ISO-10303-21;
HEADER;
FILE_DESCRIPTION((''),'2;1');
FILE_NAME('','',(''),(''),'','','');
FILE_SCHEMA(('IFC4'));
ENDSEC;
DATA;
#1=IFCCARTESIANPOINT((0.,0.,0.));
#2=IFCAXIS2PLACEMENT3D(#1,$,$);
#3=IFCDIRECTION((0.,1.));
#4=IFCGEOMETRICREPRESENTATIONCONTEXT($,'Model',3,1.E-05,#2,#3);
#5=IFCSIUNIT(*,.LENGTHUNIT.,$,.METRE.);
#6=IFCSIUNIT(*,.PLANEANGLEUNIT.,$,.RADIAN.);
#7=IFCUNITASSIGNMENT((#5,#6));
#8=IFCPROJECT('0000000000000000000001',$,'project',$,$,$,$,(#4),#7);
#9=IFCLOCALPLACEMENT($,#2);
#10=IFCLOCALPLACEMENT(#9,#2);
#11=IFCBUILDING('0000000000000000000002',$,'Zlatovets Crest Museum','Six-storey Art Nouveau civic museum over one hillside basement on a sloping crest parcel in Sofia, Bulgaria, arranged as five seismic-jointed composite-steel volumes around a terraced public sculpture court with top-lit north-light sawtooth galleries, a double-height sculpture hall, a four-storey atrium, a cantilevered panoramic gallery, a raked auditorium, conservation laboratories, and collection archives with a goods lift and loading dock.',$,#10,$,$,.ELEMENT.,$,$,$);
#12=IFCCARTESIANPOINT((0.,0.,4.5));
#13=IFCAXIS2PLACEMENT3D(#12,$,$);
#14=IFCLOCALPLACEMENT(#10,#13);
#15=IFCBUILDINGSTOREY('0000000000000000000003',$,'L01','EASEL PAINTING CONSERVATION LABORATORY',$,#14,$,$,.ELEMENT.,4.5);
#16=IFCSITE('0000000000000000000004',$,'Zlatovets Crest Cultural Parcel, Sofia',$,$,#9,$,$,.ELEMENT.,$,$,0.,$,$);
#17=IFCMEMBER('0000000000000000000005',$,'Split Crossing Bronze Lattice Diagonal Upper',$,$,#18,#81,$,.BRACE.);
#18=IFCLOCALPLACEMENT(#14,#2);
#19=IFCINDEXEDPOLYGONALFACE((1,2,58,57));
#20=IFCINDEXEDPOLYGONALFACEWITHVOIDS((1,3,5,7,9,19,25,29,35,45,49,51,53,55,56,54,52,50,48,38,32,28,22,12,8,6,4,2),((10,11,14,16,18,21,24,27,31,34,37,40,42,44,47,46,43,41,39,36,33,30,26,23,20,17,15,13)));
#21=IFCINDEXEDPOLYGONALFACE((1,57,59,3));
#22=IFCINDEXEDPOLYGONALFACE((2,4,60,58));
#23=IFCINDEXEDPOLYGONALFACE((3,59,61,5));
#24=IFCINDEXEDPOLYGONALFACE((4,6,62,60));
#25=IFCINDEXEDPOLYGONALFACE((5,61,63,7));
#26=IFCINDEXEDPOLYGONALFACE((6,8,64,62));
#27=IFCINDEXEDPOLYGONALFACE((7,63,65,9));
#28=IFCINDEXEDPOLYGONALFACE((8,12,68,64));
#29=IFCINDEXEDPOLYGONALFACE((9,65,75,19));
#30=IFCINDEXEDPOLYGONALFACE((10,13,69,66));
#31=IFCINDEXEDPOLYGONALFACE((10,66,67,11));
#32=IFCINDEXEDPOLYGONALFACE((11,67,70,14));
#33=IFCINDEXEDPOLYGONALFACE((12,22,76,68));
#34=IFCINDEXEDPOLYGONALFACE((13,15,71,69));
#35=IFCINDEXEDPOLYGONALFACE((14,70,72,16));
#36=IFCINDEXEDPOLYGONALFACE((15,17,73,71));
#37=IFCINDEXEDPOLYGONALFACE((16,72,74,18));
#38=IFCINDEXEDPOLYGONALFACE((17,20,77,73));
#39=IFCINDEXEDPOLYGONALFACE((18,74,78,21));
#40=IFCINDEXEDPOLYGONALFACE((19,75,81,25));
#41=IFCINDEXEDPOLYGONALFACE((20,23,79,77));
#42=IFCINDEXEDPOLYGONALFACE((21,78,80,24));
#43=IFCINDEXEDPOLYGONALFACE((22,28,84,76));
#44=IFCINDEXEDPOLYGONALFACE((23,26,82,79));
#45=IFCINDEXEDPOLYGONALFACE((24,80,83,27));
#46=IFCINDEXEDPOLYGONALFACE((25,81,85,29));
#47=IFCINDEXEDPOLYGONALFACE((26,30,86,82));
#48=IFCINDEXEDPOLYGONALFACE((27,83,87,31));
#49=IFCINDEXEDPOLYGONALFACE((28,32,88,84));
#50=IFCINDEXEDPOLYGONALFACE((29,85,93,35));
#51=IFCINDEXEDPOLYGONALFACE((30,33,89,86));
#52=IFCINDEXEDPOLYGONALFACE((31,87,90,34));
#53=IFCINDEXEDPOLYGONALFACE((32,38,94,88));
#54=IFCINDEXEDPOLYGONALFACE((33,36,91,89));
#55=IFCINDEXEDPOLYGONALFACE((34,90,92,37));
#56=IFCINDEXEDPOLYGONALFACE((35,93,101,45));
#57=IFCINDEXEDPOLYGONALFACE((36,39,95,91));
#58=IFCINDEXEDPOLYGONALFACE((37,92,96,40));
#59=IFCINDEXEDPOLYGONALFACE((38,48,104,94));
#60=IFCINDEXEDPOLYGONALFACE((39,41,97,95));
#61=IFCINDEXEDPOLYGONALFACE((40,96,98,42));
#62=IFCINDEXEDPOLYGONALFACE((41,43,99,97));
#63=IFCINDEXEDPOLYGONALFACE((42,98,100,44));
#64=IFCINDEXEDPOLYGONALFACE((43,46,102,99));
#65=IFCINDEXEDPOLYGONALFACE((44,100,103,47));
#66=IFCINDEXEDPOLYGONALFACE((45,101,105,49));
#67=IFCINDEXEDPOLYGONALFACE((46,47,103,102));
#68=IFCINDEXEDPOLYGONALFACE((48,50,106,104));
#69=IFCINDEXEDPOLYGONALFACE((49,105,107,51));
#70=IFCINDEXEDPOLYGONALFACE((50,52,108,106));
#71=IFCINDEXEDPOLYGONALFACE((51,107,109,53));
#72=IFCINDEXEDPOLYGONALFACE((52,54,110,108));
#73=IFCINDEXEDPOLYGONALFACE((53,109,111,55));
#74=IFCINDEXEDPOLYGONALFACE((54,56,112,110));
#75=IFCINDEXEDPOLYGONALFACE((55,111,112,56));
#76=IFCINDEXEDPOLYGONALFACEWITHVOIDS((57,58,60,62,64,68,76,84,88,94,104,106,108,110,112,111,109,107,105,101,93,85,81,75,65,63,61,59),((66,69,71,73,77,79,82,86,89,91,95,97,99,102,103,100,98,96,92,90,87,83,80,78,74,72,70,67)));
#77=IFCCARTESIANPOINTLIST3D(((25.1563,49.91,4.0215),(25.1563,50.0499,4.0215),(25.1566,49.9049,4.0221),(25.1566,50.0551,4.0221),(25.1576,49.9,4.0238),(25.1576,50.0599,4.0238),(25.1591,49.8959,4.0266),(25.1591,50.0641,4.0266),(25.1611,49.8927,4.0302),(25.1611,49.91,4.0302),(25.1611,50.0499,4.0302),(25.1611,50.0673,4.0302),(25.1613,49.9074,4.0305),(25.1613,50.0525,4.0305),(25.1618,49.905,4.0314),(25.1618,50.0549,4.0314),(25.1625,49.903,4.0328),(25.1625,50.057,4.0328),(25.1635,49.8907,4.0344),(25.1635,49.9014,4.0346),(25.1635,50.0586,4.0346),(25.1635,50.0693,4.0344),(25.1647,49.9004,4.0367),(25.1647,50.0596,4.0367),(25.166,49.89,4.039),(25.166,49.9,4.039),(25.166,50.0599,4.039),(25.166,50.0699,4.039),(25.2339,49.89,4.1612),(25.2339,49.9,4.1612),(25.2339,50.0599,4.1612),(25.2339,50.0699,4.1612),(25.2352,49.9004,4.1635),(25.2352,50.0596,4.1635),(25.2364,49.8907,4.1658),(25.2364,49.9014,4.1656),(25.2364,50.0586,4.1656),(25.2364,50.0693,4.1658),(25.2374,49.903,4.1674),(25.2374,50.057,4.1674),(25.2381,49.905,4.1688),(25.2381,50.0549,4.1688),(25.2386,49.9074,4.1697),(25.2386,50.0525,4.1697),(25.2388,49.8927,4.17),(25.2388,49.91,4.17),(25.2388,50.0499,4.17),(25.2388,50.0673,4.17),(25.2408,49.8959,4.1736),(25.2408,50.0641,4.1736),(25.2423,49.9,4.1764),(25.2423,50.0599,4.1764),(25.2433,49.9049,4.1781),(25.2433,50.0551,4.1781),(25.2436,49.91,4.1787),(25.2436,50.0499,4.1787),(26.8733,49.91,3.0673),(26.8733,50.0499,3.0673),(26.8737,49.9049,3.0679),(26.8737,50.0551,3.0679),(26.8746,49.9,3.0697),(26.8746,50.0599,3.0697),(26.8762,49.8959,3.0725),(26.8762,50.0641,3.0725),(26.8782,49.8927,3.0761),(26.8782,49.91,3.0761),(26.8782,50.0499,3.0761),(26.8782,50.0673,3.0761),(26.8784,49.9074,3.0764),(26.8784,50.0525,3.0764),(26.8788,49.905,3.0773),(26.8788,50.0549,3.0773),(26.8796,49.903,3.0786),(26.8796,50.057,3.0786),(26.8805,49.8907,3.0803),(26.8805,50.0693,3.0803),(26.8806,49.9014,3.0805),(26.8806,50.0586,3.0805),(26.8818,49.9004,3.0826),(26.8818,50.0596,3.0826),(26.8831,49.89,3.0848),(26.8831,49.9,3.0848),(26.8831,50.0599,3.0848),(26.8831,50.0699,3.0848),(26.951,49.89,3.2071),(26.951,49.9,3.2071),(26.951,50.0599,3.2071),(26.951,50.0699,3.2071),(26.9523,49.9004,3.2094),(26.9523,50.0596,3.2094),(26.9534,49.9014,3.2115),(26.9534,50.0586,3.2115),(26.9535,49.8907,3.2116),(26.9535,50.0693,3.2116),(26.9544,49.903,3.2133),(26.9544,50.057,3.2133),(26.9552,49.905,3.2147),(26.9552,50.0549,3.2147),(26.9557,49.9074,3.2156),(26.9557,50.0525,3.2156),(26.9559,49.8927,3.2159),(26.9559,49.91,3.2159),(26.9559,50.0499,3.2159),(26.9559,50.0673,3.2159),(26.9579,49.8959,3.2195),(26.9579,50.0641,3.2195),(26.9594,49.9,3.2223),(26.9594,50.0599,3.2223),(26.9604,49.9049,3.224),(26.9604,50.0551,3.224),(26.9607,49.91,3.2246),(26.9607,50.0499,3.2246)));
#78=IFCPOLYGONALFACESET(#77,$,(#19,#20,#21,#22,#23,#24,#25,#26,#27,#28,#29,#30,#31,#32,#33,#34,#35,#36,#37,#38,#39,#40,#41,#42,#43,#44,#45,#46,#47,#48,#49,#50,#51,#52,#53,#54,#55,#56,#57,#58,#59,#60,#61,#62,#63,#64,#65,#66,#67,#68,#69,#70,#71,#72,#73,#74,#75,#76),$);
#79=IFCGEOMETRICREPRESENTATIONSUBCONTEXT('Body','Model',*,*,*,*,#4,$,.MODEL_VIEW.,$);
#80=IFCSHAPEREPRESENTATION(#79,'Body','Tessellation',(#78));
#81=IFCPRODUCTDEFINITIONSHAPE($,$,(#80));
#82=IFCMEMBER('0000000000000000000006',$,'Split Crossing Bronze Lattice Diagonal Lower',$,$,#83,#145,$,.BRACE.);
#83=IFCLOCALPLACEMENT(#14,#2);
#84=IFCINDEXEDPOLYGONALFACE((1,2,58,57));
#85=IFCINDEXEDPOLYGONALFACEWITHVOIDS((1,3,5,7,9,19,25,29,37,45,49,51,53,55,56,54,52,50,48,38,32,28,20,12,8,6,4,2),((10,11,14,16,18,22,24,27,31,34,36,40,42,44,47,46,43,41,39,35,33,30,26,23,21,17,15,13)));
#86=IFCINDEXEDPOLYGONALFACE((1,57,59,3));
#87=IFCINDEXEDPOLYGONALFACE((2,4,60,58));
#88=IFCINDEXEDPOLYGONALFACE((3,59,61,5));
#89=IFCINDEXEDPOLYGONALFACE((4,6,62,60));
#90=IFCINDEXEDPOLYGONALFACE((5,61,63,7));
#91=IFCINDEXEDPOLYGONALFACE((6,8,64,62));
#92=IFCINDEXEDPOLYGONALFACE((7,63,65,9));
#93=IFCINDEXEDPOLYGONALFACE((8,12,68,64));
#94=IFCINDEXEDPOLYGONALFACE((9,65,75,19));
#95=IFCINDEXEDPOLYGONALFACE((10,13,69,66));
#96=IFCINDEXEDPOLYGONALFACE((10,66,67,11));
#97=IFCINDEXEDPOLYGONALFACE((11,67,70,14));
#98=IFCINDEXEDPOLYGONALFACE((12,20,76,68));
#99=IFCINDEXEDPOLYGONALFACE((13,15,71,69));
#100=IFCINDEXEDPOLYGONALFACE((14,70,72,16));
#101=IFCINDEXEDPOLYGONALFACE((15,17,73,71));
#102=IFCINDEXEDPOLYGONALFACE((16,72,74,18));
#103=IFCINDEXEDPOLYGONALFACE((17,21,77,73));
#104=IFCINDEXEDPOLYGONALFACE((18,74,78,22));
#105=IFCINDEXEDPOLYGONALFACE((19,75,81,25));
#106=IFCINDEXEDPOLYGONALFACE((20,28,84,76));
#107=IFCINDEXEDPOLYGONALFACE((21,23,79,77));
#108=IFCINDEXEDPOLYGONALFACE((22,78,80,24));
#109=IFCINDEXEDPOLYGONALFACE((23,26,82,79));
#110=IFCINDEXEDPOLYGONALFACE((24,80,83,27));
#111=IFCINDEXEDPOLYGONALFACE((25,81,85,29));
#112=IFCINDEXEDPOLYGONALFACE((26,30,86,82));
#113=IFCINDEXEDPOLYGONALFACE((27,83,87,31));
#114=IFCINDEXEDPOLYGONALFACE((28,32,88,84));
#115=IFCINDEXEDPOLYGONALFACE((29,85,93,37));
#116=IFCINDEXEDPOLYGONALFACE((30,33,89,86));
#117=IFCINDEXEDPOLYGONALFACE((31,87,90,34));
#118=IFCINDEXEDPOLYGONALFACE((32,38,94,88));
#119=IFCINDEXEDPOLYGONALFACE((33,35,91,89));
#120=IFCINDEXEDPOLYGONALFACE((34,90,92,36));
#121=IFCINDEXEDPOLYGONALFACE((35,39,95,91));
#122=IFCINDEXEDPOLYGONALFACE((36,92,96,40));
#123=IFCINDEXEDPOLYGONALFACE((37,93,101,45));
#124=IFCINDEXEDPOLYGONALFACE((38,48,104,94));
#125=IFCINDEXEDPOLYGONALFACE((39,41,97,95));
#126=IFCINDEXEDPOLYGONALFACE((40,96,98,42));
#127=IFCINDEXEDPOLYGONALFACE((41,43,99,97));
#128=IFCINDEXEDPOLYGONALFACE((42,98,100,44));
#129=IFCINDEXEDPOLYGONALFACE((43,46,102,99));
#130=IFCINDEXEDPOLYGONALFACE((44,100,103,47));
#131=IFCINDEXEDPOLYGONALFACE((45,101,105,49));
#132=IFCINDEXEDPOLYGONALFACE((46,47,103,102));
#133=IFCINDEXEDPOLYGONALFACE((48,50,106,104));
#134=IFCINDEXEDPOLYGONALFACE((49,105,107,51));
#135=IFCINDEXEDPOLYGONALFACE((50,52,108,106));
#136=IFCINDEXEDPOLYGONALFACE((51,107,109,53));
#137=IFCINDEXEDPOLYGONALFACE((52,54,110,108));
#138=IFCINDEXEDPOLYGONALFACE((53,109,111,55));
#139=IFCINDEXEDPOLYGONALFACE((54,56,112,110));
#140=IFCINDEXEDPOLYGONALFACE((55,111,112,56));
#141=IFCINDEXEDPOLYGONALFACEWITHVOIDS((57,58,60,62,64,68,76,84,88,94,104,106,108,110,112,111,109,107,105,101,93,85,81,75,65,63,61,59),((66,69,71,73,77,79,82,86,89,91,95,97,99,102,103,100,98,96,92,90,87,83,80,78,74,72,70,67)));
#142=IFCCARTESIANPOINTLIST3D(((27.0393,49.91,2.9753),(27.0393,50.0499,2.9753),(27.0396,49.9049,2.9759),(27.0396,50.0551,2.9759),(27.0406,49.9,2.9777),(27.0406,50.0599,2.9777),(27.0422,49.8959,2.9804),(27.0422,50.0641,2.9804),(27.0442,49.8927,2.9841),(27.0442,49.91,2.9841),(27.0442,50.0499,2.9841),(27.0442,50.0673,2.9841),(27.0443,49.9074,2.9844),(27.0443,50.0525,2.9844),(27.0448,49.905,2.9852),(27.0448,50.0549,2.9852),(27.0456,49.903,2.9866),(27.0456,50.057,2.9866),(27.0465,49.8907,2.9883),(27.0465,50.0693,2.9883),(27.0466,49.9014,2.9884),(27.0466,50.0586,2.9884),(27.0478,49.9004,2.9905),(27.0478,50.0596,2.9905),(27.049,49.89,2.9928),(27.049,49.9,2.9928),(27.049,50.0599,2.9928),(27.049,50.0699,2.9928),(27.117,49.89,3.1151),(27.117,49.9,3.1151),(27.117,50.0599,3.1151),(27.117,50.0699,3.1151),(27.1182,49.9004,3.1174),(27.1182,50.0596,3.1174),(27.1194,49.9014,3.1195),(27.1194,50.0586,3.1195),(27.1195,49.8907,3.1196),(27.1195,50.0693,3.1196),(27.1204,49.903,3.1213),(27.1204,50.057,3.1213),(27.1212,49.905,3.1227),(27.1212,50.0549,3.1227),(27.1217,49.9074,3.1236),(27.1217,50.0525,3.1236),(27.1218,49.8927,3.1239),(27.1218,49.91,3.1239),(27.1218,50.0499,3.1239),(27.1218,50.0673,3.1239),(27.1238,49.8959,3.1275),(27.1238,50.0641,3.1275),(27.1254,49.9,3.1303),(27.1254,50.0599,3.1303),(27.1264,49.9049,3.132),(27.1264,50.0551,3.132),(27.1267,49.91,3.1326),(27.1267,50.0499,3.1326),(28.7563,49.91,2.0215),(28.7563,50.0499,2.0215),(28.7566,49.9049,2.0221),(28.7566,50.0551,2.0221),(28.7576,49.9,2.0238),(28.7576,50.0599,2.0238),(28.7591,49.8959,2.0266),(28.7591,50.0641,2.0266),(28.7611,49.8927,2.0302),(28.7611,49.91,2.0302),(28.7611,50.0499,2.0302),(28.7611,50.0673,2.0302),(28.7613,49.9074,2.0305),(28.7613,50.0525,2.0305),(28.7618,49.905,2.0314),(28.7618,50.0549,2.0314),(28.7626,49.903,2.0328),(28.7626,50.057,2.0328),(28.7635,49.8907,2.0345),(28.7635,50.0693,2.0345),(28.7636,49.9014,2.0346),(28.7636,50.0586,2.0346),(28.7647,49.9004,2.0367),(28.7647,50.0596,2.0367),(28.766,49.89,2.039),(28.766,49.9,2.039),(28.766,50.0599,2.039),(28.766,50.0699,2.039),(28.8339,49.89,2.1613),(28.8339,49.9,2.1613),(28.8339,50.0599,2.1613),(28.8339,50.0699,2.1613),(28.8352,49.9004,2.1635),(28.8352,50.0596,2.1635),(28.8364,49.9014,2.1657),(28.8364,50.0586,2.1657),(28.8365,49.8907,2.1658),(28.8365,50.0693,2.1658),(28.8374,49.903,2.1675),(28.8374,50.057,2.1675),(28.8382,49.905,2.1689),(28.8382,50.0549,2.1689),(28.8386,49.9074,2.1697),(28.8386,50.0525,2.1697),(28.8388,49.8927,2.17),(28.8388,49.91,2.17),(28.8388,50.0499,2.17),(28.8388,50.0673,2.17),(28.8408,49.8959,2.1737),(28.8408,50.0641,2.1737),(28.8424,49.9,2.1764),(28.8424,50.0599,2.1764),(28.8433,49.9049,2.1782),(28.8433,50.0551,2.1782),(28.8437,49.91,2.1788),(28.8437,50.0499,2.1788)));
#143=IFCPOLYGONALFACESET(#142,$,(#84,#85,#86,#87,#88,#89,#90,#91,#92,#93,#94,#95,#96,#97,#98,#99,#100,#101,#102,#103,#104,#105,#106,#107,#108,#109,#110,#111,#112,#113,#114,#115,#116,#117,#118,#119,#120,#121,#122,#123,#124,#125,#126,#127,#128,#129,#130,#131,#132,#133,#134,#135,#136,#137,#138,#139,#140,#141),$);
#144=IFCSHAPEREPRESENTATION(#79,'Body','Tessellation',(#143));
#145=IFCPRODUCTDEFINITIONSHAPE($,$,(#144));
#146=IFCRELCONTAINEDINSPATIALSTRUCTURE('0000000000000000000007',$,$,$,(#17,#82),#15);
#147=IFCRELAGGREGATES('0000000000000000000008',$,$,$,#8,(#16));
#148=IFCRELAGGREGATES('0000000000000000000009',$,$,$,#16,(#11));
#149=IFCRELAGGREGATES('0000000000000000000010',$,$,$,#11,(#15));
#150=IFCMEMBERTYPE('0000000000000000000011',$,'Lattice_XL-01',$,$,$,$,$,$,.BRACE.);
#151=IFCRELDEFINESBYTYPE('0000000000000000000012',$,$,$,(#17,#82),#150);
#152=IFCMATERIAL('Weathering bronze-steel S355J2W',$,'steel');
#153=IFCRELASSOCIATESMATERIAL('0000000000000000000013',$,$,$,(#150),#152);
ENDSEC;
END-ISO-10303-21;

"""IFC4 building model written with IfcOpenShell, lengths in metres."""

from ifc_helpers import new_model, si_unit, direction, frame, origin, origin_2d, place, context, subcontext, project, spatial, hollow_rectangle, extrude, material, material_profile, profile_set, type_object, element, save


model = new_model("IFC4")

# Units and contexts
model_context = context("Model", 3, precision=1e-05, world=origin(), true_north=direction((0.0, 1.0)))
body_context = subcontext(model_context, "Body", "Model", "MODEL_VIEW")
ifc_project = project(units=[si_unit("LENGTHUNIT", "METRE"), si_unit("PLANEANGLEUNIT", "RADIAN")], contexts=[model_context])

# Site, building, storey
site_placement = place(None, origin())
site = spatial("IfcSite", under=ifc_project, at=site_placement, Name="Zlatovets Crest Cultural Parcel, Sofia", CompositionType="ELEMENT", RefElevation=0.0)
building_placement = place(site_placement, origin())
building = spatial("IfcBuilding", under=site, at=building_placement, Name="Zlatovets Crest Museum", Description="Six-storey Art Nouveau civic museum over one hillside basement on a sloping crest parcel in Sofia, Bulgaria, arranged as five seismic-jointed composite-steel volumes around a terraced public sculpture court with top-lit north-light sawtooth galleries, a double-height sculpture hall, a four-storey atrium, a cantilevered panoramic gallery, a raked auditorium, conservation laboratories, and collection archives with a goods lift and loading dock.", CompositionType="ELEMENT")
storey_placement = place(building_placement, frame((0.0, 0.0, 4.5)))
storey = spatial("IfcBuildingStorey", under=building, at=storey_placement, Name="L01", Description="EASEL PAINTING CONSERVATION LABORATORY", CompositionType="ELEMENT", Elevation=4.5)

# Members
ifc_material_1 = material(Name="Weathering bronze-steel S355J2W", Category="steel")
ifc_material_profile_1 = material_profile(ifc_material_1, hollow_rectangle(XDim=0.1799, YDim=0.1799, WallThickness=0.01, InnerFilletRadius=0.01, OuterFilletRadius=0.02, at=origin_2d()), Name="SHS 180x180x10.0")
ifc_profile_set_1 = profile_set([ifc_material_profile_1], Name="Weathering bronze-steel S355J2W")
member_type_1 = type_object("IfcMemberType", Name="Lattice_XL-01", PredefinedType="BRACE", material=ifc_profile_set_1)
member_1_placement = place(storey_placement, frame((25.2, 49.98, 4.1001), z_axis=(0.874116, 0.0, -0.485717), x_axis=(0.0, 1.0, 0.0)))
element("IfcMember", 1, at=member_1_placement, inside=storey, type_object=member_type_1, Name="Split Crossing Bronze Lattice Diagonal Upper", PredefinedType="BRACE", context=body_context, shape_type="SweptSolid", body=[
    extrude(hollow_rectangle(XDim=0.1799, YDim=0.1799, WallThickness=0.01, InnerFilletRadius=0.01, OuterFilletRadius=0.02, at=origin_2d()), origin(), (0.0, 0.0, 1.0), 1.9644),
])
member_2_placement = place(storey_placement, frame((27.083, 49.98, 3.054), z_axis=(0.874169, 0.0, -0.485622), x_axis=(0.0, 1.0, 0.0)))
element("IfcMember", 2, at=member_2_placement, inside=storey, type_object=member_type_1, Name="Split Crossing Bronze Lattice Diagonal Lower", PredefinedType="BRACE", context=body_context, shape_type="SweptSolid", body=[
    extrude(hollow_rectangle(XDim=0.1799, YDim=0.1799, WallThickness=0.01, InnerFilletRadius=0.01, OuterFilletRadius=0.02, at=origin_2d()), origin(), (0.0, 0.0, 1.0), 1.9641),
])

save(model, "model.ifc")
